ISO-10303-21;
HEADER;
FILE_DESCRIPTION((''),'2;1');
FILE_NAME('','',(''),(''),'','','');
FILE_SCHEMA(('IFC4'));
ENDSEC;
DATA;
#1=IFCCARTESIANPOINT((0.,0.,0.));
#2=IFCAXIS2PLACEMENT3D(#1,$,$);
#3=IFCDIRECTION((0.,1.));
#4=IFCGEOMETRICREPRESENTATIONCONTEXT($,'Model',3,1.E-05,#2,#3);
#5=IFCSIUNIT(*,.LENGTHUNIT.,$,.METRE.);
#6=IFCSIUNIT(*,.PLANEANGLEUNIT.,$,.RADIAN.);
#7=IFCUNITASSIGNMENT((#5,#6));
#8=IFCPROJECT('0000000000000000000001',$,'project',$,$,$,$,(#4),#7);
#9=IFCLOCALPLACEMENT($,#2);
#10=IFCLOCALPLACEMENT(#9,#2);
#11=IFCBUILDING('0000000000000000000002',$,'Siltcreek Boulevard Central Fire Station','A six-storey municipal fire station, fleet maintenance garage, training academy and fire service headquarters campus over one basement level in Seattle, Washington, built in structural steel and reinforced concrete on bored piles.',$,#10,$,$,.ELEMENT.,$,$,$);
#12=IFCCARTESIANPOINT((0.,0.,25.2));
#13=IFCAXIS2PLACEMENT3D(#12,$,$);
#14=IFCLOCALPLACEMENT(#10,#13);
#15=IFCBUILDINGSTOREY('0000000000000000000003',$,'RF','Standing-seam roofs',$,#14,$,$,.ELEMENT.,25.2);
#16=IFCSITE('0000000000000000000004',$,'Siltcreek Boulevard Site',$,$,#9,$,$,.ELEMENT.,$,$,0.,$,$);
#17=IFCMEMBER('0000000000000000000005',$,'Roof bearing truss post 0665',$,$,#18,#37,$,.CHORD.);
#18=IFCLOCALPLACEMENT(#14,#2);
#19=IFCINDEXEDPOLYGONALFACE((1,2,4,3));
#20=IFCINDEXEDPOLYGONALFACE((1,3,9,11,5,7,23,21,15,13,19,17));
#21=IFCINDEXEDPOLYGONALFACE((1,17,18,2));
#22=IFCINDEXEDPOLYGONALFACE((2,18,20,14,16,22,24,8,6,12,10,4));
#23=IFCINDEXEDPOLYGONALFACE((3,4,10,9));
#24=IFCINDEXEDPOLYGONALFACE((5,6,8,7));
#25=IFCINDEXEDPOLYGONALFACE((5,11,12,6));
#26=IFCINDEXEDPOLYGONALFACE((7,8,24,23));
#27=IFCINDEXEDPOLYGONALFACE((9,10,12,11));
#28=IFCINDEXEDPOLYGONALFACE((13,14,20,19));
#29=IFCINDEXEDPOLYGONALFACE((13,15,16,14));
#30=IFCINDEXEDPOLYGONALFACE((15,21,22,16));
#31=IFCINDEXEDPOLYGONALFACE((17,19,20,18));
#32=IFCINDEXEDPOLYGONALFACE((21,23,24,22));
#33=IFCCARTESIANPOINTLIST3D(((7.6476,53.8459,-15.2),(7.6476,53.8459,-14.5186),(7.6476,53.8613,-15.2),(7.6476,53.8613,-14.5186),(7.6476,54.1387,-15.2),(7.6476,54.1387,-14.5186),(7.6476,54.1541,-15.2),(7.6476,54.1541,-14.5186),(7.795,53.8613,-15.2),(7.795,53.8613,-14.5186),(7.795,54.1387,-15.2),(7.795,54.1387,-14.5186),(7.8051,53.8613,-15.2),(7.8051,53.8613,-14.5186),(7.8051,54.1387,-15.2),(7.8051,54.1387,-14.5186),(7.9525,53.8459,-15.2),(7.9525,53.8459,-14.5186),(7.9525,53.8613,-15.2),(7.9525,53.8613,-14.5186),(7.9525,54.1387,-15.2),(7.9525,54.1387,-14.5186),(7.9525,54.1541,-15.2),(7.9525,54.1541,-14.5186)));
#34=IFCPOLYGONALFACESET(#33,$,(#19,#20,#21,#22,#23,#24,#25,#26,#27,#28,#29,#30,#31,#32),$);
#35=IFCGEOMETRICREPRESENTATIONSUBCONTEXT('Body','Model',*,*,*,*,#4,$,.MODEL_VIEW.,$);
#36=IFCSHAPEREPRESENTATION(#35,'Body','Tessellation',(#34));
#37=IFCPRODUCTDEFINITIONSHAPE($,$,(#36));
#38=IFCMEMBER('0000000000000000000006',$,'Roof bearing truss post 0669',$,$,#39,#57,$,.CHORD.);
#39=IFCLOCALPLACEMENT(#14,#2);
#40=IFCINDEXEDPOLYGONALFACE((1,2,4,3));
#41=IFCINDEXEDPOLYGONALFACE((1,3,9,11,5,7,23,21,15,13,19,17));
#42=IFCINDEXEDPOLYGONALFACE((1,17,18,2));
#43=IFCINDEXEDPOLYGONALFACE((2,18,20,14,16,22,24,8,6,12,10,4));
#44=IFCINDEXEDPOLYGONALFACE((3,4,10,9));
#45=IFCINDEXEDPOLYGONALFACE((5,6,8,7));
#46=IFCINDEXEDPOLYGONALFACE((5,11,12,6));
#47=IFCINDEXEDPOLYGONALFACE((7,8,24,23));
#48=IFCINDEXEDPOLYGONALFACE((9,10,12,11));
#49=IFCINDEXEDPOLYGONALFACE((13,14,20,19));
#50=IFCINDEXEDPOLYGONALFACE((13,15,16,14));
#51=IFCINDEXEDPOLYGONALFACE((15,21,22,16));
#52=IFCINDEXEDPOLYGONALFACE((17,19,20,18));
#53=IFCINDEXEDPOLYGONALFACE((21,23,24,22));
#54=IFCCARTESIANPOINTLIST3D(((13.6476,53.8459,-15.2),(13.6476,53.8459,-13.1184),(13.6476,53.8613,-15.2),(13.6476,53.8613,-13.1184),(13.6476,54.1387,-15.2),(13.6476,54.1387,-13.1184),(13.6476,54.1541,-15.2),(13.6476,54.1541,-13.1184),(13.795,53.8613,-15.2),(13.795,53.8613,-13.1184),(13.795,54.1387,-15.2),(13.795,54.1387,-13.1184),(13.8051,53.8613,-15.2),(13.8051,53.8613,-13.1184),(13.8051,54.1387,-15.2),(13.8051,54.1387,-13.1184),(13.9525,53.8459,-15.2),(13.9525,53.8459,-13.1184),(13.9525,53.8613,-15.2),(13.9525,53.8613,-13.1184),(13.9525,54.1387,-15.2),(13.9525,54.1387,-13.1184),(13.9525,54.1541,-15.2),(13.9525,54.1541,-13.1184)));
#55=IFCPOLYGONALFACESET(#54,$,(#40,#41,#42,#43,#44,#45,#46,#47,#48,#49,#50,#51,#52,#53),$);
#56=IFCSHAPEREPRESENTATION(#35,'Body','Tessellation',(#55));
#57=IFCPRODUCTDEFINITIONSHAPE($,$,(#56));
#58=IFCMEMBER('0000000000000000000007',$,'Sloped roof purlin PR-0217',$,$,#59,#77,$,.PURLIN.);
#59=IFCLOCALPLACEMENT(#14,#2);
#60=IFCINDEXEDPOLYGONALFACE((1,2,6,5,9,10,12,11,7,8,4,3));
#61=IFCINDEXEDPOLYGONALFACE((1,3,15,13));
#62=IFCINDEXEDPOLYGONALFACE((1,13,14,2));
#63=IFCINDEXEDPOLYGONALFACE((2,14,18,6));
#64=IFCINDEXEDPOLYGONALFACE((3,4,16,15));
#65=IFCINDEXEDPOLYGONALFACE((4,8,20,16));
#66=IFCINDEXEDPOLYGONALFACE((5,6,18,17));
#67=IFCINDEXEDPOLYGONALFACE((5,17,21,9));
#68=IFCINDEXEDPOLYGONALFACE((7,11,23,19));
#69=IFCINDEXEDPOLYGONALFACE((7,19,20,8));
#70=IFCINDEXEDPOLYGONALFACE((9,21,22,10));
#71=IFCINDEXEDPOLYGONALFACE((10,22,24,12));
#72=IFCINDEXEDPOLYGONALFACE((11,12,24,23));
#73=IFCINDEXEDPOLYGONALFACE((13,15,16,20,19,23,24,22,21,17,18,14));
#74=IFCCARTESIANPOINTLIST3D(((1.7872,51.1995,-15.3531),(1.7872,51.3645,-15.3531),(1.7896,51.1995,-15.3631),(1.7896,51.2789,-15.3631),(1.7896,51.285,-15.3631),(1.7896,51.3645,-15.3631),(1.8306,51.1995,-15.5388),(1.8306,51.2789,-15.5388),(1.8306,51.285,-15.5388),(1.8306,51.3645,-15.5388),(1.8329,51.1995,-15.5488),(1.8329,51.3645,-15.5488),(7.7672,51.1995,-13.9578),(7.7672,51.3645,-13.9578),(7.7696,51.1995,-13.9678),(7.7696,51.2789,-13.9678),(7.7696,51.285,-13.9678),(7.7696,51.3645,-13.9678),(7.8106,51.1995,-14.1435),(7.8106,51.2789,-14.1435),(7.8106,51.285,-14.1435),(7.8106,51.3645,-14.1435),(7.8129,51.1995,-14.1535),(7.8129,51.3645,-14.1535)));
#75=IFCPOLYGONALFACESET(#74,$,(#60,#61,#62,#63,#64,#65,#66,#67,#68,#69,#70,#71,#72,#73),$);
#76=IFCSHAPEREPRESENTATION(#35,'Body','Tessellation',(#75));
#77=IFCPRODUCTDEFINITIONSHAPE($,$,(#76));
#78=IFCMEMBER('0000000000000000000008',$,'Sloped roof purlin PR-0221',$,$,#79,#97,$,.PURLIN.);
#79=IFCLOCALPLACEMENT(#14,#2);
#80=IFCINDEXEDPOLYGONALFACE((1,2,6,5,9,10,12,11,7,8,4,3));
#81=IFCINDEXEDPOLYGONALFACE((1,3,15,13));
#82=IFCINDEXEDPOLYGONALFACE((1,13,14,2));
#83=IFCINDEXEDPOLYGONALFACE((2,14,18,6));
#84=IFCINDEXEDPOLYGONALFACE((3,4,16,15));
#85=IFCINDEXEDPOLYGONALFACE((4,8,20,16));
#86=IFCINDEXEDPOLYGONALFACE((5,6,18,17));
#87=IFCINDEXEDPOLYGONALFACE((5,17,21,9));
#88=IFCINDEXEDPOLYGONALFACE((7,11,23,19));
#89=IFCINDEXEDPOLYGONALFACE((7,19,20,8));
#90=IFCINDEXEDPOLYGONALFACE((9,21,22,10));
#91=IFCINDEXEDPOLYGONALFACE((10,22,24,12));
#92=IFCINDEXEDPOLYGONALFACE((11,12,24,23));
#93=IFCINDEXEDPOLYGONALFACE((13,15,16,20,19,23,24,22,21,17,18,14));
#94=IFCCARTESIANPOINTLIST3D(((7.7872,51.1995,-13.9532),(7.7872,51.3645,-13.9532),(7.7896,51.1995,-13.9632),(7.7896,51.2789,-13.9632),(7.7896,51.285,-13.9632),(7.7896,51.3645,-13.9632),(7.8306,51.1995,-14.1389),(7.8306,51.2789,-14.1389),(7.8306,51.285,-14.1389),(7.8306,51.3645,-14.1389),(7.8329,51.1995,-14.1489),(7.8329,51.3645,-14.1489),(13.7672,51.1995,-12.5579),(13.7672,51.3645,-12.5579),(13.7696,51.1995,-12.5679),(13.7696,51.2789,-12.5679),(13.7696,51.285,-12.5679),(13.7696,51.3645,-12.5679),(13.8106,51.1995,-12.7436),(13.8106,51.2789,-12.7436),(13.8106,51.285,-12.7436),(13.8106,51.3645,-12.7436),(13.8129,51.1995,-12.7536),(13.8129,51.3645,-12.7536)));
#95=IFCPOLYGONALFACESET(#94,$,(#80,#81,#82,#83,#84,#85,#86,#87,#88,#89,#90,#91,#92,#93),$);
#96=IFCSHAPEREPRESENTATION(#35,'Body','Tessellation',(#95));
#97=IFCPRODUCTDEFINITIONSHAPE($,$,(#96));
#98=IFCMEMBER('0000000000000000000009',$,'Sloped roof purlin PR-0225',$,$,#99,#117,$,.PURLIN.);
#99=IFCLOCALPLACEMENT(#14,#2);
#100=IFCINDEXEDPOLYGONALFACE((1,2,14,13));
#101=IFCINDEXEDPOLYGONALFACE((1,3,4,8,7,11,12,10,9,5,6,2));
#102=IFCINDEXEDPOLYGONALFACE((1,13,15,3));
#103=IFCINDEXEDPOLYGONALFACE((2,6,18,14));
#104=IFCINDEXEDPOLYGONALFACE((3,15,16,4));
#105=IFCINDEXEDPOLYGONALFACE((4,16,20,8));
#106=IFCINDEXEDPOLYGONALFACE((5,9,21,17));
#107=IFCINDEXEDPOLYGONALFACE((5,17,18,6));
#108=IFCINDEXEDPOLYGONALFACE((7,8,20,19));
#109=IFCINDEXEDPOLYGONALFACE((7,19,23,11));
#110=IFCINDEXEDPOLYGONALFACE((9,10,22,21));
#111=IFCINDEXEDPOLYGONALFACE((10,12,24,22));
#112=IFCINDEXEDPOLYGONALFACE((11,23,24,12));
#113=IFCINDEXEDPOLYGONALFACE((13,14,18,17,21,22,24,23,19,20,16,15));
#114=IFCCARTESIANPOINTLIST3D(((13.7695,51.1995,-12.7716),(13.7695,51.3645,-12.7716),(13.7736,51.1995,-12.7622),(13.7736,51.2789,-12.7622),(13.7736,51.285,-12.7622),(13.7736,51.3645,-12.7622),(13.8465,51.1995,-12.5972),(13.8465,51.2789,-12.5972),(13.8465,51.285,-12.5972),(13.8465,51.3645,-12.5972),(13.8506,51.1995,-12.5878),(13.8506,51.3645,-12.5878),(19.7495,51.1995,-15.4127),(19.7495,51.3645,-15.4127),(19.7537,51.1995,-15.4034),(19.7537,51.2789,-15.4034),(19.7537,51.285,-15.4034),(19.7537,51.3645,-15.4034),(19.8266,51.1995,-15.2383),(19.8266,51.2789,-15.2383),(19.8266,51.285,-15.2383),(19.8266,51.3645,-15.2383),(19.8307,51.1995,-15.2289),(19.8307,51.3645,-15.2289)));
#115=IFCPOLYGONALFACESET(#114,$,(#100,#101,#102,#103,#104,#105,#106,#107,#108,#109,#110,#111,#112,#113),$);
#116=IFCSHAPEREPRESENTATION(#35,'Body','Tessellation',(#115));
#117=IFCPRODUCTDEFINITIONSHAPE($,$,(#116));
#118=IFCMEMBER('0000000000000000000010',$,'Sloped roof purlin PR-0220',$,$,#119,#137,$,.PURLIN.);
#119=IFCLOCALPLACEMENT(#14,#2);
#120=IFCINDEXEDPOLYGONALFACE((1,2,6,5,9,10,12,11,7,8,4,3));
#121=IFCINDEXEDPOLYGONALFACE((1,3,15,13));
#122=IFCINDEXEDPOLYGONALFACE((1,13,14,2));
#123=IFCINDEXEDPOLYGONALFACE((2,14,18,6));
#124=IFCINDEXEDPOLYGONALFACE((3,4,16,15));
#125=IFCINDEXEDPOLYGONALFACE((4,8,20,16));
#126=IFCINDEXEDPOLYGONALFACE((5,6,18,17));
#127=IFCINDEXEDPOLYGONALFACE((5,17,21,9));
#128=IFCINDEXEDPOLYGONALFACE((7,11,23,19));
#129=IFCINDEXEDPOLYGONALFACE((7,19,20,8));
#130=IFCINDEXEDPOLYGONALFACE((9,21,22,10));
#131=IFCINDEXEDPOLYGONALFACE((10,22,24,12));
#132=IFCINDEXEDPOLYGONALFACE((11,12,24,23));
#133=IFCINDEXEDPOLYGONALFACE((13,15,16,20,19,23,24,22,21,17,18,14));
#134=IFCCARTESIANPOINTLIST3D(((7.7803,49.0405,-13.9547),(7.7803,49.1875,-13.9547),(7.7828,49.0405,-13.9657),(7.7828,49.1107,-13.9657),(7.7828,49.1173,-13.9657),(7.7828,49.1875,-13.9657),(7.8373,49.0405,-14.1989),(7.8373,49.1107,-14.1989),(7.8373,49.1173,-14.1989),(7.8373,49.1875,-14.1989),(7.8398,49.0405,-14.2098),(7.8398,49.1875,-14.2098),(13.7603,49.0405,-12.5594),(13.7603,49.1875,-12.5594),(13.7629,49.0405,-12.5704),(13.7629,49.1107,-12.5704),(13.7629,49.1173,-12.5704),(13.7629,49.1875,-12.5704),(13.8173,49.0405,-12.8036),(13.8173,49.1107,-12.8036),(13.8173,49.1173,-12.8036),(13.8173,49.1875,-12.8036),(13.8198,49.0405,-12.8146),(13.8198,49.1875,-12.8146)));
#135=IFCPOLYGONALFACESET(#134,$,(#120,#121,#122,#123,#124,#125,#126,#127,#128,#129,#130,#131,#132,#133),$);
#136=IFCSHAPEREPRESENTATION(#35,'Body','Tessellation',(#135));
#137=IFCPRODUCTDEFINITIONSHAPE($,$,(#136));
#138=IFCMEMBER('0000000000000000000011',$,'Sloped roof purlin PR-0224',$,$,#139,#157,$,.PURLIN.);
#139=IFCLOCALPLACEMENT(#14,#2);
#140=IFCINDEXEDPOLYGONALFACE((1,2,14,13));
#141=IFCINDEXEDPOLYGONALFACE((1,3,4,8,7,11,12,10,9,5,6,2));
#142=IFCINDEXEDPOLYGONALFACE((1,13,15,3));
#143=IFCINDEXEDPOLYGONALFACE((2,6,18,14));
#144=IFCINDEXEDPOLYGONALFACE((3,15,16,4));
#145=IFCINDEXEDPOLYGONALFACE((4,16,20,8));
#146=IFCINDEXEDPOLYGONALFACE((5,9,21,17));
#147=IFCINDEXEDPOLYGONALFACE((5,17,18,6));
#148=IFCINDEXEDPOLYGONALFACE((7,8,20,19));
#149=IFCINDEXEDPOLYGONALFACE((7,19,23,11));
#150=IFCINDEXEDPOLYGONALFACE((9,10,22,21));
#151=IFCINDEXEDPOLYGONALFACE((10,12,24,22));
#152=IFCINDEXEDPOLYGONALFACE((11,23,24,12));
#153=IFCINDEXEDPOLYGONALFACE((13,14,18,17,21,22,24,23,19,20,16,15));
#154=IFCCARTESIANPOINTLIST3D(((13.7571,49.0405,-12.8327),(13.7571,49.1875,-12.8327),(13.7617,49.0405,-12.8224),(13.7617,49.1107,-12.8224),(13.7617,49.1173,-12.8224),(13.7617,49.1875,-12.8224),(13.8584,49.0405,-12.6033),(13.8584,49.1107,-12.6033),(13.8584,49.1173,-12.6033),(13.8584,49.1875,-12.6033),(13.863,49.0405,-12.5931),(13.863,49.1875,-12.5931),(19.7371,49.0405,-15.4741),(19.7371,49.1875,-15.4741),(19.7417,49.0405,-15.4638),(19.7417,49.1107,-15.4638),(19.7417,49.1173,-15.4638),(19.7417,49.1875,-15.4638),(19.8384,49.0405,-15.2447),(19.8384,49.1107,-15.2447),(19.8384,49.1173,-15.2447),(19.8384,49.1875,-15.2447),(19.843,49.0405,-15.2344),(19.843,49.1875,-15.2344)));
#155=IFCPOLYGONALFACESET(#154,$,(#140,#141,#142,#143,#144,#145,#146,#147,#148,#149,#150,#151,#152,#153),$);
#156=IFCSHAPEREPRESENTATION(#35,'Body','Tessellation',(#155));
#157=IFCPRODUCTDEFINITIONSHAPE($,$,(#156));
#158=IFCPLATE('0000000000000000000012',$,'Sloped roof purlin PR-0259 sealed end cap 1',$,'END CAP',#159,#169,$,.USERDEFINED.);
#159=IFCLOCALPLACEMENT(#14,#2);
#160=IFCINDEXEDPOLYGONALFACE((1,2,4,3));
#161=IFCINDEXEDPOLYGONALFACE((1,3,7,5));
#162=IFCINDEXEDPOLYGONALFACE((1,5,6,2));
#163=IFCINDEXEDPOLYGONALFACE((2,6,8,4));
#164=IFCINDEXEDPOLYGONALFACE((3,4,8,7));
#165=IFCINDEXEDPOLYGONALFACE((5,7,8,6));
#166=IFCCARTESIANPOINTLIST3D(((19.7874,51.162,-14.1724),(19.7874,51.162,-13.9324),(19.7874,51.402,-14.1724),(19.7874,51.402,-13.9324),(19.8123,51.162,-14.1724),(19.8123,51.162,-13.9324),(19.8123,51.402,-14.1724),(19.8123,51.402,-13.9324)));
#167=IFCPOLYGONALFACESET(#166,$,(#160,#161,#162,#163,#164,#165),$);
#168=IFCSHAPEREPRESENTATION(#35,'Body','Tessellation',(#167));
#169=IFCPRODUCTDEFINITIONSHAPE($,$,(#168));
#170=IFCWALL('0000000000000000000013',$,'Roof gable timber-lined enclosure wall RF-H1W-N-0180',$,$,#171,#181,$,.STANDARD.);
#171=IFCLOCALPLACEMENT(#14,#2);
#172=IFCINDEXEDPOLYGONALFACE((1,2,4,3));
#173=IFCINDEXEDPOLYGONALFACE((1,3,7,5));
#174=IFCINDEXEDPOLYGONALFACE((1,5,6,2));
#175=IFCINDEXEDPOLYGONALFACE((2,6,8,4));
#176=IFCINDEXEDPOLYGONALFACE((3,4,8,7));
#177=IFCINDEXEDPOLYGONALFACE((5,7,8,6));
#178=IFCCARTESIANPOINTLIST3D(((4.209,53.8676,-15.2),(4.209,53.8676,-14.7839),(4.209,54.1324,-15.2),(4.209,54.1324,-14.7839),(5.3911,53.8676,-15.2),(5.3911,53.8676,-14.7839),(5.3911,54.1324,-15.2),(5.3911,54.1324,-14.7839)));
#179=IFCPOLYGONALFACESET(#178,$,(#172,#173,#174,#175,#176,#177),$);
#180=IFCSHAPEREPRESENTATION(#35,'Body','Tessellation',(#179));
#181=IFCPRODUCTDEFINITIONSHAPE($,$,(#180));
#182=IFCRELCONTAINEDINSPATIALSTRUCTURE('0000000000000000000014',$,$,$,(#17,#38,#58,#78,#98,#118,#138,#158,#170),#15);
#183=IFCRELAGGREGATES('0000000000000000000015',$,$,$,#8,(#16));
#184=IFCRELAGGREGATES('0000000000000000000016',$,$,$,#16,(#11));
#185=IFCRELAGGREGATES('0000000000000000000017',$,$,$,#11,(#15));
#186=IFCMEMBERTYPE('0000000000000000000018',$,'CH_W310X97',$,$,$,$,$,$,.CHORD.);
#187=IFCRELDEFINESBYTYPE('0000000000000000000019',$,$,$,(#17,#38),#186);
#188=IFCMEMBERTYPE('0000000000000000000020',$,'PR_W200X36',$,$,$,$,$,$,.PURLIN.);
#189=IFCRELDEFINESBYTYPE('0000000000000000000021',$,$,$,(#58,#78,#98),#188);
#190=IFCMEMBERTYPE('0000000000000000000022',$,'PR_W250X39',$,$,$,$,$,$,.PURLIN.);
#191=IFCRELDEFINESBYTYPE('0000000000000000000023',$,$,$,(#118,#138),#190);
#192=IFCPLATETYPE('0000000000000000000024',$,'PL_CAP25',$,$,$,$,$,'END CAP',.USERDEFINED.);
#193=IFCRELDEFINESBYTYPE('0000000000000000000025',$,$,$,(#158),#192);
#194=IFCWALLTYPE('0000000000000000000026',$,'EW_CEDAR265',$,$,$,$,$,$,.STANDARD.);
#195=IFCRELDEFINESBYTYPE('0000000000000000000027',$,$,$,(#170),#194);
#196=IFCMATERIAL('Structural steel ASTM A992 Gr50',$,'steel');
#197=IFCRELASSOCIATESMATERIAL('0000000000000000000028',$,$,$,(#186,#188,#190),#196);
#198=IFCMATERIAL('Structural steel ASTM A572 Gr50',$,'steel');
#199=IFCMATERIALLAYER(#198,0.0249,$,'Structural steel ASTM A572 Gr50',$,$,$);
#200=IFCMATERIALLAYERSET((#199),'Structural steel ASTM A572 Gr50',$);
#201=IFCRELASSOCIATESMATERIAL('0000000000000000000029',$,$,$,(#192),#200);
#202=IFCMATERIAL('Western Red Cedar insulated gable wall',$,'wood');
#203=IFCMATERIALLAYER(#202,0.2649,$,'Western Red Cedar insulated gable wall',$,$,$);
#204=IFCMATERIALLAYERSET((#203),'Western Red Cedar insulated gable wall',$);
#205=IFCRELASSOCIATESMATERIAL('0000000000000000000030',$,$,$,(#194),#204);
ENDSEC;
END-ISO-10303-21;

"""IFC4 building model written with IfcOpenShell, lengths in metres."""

from ifc_helpers import new_model, si_unit, direction, frame, frame_2d, origin, origin_2d, place, context, subcontext, project, spatial, rectangle, i_section, extrude, material, layer, layer_set, material_profile, profile_set, type_object, element, save


model = new_model("IFC4")

# Units and contexts
model_context = context("Model", 3, precision=1e-05, world=origin(), true_north=direction((0.0, 1.0)))
body_context = subcontext(model_context, "Body", "Model", "MODEL_VIEW")
ifc_project = project(units=[si_unit("LENGTHUNIT", "METRE"), si_unit("PLANEANGLEUNIT", "RADIAN")], contexts=[model_context])

# Site, building, storey
site_placement = place(None, origin())
site = spatial("IfcSite", under=ifc_project, at=site_placement, Name="Siltcreek Boulevard Site", CompositionType="ELEMENT", RefElevation=0.0)
building_placement = place(site_placement, origin())
building = spatial("IfcBuilding", under=site, at=building_placement, Name="Siltcreek Boulevard Central Fire Station", Description="A six-storey municipal fire station, fleet maintenance garage, training academy and fire service headquarters campus over one basement level in Seattle, Washington, built in structural steel and reinforced concrete on bored piles.", CompositionType="ELEMENT")
storey_placement = place(building_placement, frame((0.0, 0.0, 25.2)))
storey = spatial("IfcBuildingStorey", under=building, at=storey_placement, Name="RF", Description="Standing-seam roofs", CompositionType="ELEMENT", Elevation=25.2)

# Members
ifc_material_1 = material(Name="Structural steel ASTM A992 Gr50", Category="steel")
ifc_material_profile_1 = material_profile(ifc_material_1, i_section(OverallWidth=0.3049, OverallDepth=0.3081, WebThickness=0.01, FlangeThickness=0.0154, at=origin_2d()), Name="W310X97")
ifc_profile_set_1 = profile_set([ifc_material_profile_1], Name="Structural steel ASTM A992 Gr50")
member_type_1 = type_object("IfcMemberType", Name="CH_W310X97", PredefinedType="CHORD", material=ifc_profile_set_1)
member_1_placement = place(storey_placement, frame((7.8, 54.0, -15.2), z_axis=(0.0, 0.0, 1.0), x_axis=(1.0, 0.0, 0.0)))
element("IfcMember", 1, at=member_1_placement, inside=storey, type_object=member_type_1, Name="Roof bearing truss post 0665", PredefinedType="CHORD", context=body_context, shape_type="SweptSolid", body=[
    extrude(i_section(OverallWidth=0.3049, OverallDepth=0.3081, WebThickness=0.01, FlangeThickness=0.0154, at=origin_2d()), origin(), (0.0, 0.0, 1.0), 0.6814),
])
member_2_placement = place(storey_placement, frame((13.8, 54.0, -15.2), z_axis=(0.0, 0.0, 1.0), x_axis=(1.0, 0.0, 0.0)))
element("IfcMember", 2, at=member_2_placement, inside=storey, type_object=member_type_1, Name="Roof bearing truss post 0669", PredefinedType="CHORD", context=body_context, shape_type="SweptSolid", body=[
    extrude(i_section(OverallWidth=0.3049, OverallDepth=0.3081, WebThickness=0.01, FlangeThickness=0.0154, at=origin_2d()), origin(), (0.0, 0.0, 1.0), 2.0815),
])
ifc_material_profile_2 = material_profile(ifc_material_1, i_section(OverallWidth=0.165, OverallDepth=0.2009, WebThickness=0.0061, FlangeThickness=0.0103, at=origin_2d()), Name="W200X36")
ifc_profile_set_2 = profile_set([ifc_material_profile_2], Name="Structural steel ASTM A992 Gr50")
member_type_2 = type_object("IfcMemberType", Name="PR_W200X36", PredefinedType="PURLIN", material=ifc_profile_set_2)
for number, where, z_axis, x_axis, name in (
    (3, (1.8101, 51.282, -15.4509), (0.973844, 0.0, 0.22722), (0.0, 1.0, 0.0), "Sloped roof purlin PR-0217"),
    (4, (7.8101, 51.282, -14.051), (0.973844, 0.0, 0.22722), (0.0, 1.0, 0.0), "Sloped roof purlin PR-0221"),
):
    element("IfcMember", number, at=place(storey_placement, frame(where, z_axis=z_axis, x_axis=x_axis)), inside=storey, type_object=member_type_2, Name=name, PredefinedType="PURLIN", context=body_context, shape_type="SweptSolid", body=[
        extrude(i_section(OverallWidth=0.165, OverallDepth=0.2009, WebThickness=0.0061, FlangeThickness=0.0103, at=origin_2d()), origin(), (0.0, 0.0, 1.0), 6.1406),
    ])
member_3_placement = place(storey_placement, frame((13.8101, 51.282, -12.6797), z_axis=(0.914755, 0.0, -0.40401), x_axis=(0.0, 1.0, 0.0)))
element("IfcMember", 5, at=member_3_placement, inside=storey, type_object=member_type_2, Name="Sloped roof purlin PR-0225", PredefinedType="PURLIN", context=body_context, shape_type="SweptSolid", body=[
    extrude(i_section(OverallWidth=0.165, OverallDepth=0.2009, WebThickness=0.0061, FlangeThickness=0.0103, at=origin_2d()), origin(), (0.0, 0.0, 1.0), 6.5374),
])
ifc_material_profile_3 = material_profile(ifc_material_1, i_section(OverallWidth=0.147, OverallDepth=0.262, WebThickness=0.0066, FlangeThickness=0.0112, at=origin_2d()), Name="W250X39")
ifc_profile_set_3 = profile_set([ifc_material_profile_3], Name="Structural steel ASTM A992 Gr50")
member_type_3 = type_object("IfcMemberType", Name="PR_W250X39", PredefinedType="PURLIN", material=ifc_profile_set_3)
member_4_placement = place(storey_placement, frame((7.8101, 49.114, -14.0823), z_axis=(0.973844, 0.0, 0.22722), x_axis=(0.0, 1.0, 0.0)))
element("IfcMember", 6, at=member_4_placement, inside=storey, type_object=member_type_3, Name="Sloped roof purlin PR-0220", PredefinedType="PURLIN", context=body_context, shape_type="SweptSolid", body=[
    extrude(i_section(OverallWidth=0.147, OverallDepth=0.262, WebThickness=0.0066, FlangeThickness=0.0112, at=origin_2d()), origin(), (0.0, 0.0, 1.0), 6.1406),
])
member_5_placement = place(storey_placement, frame((13.8101, 49.114, -12.7129), z_axis=(0.914741, 0.0, -0.404041), x_axis=(0.0, 1.0, 0.0)))
element("IfcMember", 7, at=member_5_placement, inside=storey, type_object=member_type_3, Name="Sloped roof purlin PR-0224", PredefinedType="PURLIN", context=body_context, shape_type="SweptSolid", body=[
    extrude(i_section(OverallWidth=0.147, OverallDepth=0.262, WebThickness=0.0066, FlangeThickness=0.0112, at=origin_2d()), origin(), (0.0, 0.0, 1.0), 6.5374),
])

# Plate
ifc_material_2 = material(Name="Structural steel ASTM A572 Gr50", Category="steel")
ifc_layer_1 = layer(ifc_material_2, 0.0249, Name="Structural steel ASTM A572 Gr50")
ifc_layer_set_1 = layer_set([ifc_layer_1], Name="Structural steel ASTM A572 Gr50")
plate_type = type_object("IfcPlateType", Name="PL_CAP25", ElementType="END CAP", PredefinedType="USERDEFINED", material=ifc_layer_set_1)
plate_placement = place(storey_placement, frame((19.7998, 51.282, -14.1724), z_axis=(0.0, 0.0, 1.0), x_axis=(1.0, 0.0, 0.0)))
element("IfcPlate", 8, at=plate_placement, inside=storey, type_object=plate_type, Name="Sloped roof purlin PR-0259 sealed end cap 1", ObjectType="END CAP", PredefinedType="USERDEFINED", context=body_context, shape_type="SweptSolid", body=[
    extrude(rectangle(XDim=0.0249, YDim=0.24, at=origin_2d()), origin(), (0.0, 0.0, 1.0), 0.24),
])

# Wall
ifc_material_3 = material(Name="Western Red Cedar insulated gable wall", Category="wood")
ifc_layer_2 = layer(ifc_material_3, 0.2649, Name="Western Red Cedar insulated gable wall")
ifc_layer_set_2 = layer_set([ifc_layer_2], Name="Western Red Cedar insulated gable wall")
wall_type = type_object("IfcWallType", Name="EW_CEDAR265", PredefinedType="STANDARD", material=ifc_layer_set_2)
wall_1_placement = place(storey_placement, frame((5.3911, 54.0, -15.2), z_axis=(0.0, 0.0, 1.0), x_axis=(-1.0, 0.0, 0.0)))
element("IfcWall", 9, at=wall_1_placement, inside=storey, type_object=wall_type, Name="Roof gable timber-lined enclosure wall RF-H1W-N-0180", PredefinedType="STANDARD", context=body_context, shape_type="SweptSolid", body=[
    extrude(rectangle(XDim=1.1821, YDim=0.2649, at=frame_2d((0.5911, 0.0))), origin(), (0.0, 0.0, 1.0), 0.416),
])

save(model, "model.ifc")
